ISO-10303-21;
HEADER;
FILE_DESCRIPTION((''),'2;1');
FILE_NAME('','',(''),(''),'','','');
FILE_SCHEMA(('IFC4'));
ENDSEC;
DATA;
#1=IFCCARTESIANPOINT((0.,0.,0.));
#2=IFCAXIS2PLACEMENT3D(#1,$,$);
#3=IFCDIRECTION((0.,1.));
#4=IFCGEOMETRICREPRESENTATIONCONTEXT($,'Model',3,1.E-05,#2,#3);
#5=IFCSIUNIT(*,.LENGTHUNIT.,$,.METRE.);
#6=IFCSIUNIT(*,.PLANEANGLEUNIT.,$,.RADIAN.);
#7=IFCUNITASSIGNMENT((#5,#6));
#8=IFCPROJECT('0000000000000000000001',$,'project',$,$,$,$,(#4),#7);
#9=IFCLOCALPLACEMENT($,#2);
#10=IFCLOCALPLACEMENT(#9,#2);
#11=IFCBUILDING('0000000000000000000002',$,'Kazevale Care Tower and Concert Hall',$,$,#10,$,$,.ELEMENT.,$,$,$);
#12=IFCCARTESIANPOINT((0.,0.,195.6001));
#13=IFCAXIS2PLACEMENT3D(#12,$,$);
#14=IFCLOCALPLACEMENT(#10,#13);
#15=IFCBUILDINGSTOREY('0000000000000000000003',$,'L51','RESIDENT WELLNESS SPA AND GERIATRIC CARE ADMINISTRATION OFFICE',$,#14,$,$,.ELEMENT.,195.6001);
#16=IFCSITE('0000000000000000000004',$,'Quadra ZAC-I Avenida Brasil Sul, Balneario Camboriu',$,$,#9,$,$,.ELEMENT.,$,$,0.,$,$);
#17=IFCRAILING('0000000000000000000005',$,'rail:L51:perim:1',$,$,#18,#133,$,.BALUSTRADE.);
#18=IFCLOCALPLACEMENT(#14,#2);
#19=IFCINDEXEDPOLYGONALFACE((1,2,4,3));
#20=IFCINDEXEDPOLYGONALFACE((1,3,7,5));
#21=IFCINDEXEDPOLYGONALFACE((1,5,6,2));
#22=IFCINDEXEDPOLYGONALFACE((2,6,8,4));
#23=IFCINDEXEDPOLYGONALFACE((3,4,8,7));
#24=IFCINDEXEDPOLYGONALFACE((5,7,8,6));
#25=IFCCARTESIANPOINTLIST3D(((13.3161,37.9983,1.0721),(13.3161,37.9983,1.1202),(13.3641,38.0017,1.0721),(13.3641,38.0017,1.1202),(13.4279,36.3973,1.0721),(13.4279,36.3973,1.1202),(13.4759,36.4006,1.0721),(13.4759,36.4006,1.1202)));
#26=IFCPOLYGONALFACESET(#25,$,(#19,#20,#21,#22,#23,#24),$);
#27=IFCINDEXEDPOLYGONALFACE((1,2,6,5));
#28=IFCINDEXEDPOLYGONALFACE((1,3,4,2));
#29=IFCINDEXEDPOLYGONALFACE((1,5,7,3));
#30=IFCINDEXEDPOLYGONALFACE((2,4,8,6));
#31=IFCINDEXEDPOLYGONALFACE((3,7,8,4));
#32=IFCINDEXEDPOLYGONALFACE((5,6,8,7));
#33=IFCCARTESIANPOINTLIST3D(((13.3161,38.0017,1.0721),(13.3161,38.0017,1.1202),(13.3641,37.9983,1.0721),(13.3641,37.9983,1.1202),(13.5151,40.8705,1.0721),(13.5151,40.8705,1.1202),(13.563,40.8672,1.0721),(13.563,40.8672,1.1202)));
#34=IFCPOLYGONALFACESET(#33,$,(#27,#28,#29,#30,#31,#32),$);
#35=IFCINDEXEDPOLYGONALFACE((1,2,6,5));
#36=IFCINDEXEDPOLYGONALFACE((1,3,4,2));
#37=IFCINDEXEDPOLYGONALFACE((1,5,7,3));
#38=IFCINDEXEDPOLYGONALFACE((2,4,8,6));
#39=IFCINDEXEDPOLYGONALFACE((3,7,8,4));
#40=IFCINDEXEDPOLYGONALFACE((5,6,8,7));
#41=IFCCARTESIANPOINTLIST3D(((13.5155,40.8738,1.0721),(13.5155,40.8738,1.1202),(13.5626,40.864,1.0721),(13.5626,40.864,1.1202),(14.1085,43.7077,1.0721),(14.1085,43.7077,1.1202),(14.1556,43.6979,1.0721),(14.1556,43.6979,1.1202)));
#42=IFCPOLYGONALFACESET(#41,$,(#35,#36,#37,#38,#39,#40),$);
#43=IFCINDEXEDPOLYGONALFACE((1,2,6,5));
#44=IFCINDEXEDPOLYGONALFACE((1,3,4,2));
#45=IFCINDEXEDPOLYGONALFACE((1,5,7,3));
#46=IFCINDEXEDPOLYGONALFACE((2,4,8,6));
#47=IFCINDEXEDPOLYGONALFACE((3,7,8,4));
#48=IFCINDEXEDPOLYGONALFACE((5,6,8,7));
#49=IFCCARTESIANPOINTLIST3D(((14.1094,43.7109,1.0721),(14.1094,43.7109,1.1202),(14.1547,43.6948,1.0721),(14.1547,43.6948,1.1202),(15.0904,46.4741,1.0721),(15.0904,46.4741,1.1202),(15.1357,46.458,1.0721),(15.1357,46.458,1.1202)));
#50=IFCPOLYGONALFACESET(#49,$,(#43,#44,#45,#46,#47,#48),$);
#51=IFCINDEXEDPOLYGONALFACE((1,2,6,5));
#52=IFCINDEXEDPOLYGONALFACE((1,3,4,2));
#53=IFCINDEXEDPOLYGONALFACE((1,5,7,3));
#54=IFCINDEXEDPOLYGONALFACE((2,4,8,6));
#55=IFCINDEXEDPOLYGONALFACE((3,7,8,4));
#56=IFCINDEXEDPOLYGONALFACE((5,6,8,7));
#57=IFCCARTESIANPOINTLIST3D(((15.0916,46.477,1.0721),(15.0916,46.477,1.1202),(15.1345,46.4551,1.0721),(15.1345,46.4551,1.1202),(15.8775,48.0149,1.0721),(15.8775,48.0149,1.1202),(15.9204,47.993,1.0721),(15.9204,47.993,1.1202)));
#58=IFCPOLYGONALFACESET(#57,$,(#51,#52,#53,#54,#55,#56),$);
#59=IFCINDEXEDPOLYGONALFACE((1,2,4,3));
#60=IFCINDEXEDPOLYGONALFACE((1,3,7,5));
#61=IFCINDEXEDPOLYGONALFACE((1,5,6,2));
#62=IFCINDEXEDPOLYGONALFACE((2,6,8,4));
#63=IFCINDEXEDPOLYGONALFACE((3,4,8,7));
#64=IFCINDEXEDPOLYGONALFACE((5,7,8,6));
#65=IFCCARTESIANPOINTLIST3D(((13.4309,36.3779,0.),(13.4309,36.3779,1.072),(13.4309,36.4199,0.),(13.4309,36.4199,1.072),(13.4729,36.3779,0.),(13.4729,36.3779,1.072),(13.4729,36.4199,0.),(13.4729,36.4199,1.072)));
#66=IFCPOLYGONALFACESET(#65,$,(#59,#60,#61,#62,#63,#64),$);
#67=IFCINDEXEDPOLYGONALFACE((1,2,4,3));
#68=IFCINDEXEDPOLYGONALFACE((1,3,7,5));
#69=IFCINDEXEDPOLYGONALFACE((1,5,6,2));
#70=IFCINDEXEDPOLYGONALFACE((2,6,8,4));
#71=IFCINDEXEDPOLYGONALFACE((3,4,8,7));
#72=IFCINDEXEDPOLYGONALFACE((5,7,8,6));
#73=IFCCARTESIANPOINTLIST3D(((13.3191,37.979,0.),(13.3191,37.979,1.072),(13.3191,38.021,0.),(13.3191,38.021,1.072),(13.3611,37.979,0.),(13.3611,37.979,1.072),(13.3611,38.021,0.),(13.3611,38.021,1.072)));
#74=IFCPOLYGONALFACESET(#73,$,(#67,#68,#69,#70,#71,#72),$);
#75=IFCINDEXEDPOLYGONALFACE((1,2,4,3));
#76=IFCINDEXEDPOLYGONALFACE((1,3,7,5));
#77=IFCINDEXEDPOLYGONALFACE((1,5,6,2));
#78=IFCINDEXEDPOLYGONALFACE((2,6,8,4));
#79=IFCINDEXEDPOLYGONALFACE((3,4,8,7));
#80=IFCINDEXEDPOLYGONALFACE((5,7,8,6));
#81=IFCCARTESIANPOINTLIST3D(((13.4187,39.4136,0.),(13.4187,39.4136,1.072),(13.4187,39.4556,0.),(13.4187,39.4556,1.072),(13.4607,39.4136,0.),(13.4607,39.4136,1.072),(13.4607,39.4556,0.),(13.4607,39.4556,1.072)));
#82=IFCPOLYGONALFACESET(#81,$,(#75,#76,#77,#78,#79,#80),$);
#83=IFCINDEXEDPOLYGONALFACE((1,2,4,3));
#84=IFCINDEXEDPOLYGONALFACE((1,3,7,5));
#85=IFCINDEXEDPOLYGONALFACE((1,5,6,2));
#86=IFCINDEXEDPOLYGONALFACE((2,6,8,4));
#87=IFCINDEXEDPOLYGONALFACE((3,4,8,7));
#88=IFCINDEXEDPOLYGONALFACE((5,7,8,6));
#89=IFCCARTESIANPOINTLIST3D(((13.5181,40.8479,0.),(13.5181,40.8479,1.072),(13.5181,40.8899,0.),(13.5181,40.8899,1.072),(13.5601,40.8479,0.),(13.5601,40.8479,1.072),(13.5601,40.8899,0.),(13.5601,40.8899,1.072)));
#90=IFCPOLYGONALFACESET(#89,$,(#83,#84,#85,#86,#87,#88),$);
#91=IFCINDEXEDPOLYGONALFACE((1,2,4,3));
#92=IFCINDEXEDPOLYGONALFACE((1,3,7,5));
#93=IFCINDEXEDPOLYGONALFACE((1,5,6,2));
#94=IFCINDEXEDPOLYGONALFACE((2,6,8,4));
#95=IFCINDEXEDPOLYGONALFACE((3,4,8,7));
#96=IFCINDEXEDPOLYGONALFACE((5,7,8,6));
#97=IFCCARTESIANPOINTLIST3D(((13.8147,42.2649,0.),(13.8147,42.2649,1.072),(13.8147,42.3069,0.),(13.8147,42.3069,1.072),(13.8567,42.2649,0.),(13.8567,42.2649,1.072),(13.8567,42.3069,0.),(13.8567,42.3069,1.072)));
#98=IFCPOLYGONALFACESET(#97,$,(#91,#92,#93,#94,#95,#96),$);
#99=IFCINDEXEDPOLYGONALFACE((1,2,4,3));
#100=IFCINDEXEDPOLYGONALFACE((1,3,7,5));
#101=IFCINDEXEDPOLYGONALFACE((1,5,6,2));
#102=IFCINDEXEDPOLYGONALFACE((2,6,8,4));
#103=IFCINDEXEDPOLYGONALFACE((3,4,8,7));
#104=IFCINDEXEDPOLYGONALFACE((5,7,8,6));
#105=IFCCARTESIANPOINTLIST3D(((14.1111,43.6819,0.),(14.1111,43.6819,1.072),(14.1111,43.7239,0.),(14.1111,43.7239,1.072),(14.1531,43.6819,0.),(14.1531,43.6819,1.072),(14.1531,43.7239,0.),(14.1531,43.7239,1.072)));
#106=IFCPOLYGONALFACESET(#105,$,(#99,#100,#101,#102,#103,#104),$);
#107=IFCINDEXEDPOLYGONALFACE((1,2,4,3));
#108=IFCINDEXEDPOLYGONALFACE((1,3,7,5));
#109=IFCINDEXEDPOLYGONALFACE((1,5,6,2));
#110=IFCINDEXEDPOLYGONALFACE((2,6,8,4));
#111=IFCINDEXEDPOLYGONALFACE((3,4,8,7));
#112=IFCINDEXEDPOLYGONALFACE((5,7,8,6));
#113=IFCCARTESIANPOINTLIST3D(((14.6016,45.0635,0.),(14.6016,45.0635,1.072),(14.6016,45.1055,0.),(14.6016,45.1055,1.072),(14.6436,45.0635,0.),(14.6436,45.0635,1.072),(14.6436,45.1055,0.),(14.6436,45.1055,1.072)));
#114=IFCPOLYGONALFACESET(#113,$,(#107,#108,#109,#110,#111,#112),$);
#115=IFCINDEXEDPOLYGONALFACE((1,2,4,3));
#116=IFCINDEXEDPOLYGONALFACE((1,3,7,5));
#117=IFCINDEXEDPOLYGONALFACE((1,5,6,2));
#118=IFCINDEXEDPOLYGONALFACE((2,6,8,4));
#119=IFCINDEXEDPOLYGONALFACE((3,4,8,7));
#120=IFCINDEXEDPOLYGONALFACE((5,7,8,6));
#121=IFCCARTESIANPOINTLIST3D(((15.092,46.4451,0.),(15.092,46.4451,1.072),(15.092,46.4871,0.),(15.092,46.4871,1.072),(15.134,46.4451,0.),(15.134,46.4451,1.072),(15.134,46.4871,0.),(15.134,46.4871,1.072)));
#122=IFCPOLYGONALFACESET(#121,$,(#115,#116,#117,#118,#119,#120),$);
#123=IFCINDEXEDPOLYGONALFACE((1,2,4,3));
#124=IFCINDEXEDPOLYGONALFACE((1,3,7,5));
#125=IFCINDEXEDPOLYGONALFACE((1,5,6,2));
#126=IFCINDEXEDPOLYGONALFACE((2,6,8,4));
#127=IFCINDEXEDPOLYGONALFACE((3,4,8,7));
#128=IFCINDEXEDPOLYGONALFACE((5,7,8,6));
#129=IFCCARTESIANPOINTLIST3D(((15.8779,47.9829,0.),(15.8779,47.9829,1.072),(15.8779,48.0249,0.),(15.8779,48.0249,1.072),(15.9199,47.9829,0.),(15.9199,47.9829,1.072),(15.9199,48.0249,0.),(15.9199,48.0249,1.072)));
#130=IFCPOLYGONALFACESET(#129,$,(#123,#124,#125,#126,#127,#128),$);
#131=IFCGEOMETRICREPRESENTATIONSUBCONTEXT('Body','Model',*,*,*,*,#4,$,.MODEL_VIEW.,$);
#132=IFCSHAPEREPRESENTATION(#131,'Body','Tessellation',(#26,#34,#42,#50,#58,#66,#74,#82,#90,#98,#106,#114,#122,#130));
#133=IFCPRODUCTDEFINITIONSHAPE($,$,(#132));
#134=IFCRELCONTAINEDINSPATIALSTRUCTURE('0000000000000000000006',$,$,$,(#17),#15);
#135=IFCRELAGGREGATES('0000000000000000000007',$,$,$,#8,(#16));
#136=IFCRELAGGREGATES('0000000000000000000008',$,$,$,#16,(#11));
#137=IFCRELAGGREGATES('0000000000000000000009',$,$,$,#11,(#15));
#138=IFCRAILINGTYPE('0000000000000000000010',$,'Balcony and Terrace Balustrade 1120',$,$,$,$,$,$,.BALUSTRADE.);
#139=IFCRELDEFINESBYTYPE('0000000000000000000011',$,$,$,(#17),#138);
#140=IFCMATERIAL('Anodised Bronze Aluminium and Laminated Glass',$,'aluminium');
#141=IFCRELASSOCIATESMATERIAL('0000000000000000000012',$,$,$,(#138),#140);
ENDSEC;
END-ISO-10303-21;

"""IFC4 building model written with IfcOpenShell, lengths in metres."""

from ifc_helpers import new_model, si_unit, direction, frame, origin, origin_2d, place, context, subcontext, project, spatial, rectangle, extrude, material, type_object, element, save


model = new_model("IFC4")

# Units and contexts
model_context = context("Model", 3, precision=1e-05, world=origin(), true_north=direction((0.0, 1.0)))
body_context = subcontext(model_context, "Body", "Model", "MODEL_VIEW")
ifc_project = project(units=[si_unit("LENGTHUNIT", "METRE"), si_unit("PLANEANGLEUNIT", "RADIAN")], contexts=[model_context])

# Site, building, storey
site_placement = place(None, origin())
site = spatial("IfcSite", under=ifc_project, at=site_placement, Name="Quadra ZAC-I Avenida Brasil Sul, Balneario Camboriu", CompositionType="ELEMENT", RefElevation=0.0)
building_placement = place(site_placement, origin())
building = spatial("IfcBuilding", under=site, at=building_placement, Name="Kazevale Care Tower and Concert Hall", CompositionType="ELEMENT")
storey_placement = place(building_placement, frame((0.0, 0.0, 195.6001)))
storey = spatial("IfcBuildingStorey", under=building, at=storey_placement, Name="L51", Description="RESIDENT WELLNESS SPA AND GERIATRIC CARE ADMINISTRATION OFFICE", CompositionType="ELEMENT", Elevation=195.6001)

# Railing
ifc_material_1 = material(Name="Anodised Bronze Aluminium and Laminated Glass", Category="aluminium")
railing_type = type_object("IfcRailingType", Name="Balcony and Terrace Balustrade 1120", PredefinedType="BALUSTRADE", material=ifc_material_1)
railing_placement = place(storey_placement, frame((13.4519, 36.3989, 0.0)))
element("IfcRailing", 1, at=railing_placement, inside=storey, type_object=railing_type, Name="rail:L51:perim:1", PredefinedType="BALUSTRADE", context=body_context, shape_type="SweptSolid", body=[
    extrude(rectangle(XDim=0.0481, YDim=0.0481, at=origin_2d()), frame((0.0, 0.0, 1.0962), z_axis=(-0.069669, 0.99757, 0.0), x_axis=(-0.99757, -0.069669, 0.0)), (0.0, 0.0, 1.0), 1.605),
    extrude(rectangle(XDim=0.0481, YDim=0.0481, at=origin_2d()), frame((-0.1118, 1.6011, 1.0962), z_axis=(0.06919, 0.997604, 0.0), x_axis=(-0.997604, 0.06919, 0.0)), (0.0, 0.0, 1.0), 2.8757),
    extrude(rectangle(XDim=0.0481, YDim=0.0481, at=origin_2d()), frame((0.0872, 4.47, 1.0962), z_axis=(0.204816, 0.9788, 0.0), x_axis=(-0.9788, 0.204816, 0.0)), (0.0, 0.0, 1.0), 2.8953),
    extrude(rectangle(XDim=0.0481, YDim=0.0481, at=origin_2d()), frame((0.6802, 7.304, 1.0962), z_axis=(0.334553, 0.942377, 0.0), x_axis=(-0.942377, 0.334553, 0.0)), (0.0, 0.0, 1.0), 2.9321),
    extrude(rectangle(XDim=0.0481, YDim=0.0481, at=origin_2d()), frame((1.6611, 10.0671, 1.0962), z_axis=(0.455056, 0.890463, 0.0), x_axis=(-0.890463, 0.455056, 0.0)), (0.0, 0.0, 1.0), 1.7271),
    extrude(rectangle(XDim=0.042, YDim=0.042, at=origin_2d()), origin(), (0.0, 0.0, 1.0), 1.072),
    extrude(rectangle(XDim=0.042, YDim=0.042, at=origin_2d()), frame((-0.1118, 1.6011, 0.0)), (0.0, 0.0, 1.0), 1.072),
    extrude(rectangle(XDim=0.042, YDim=0.042, at=origin_2d()), frame((-0.0122, 3.0356, 0.0)), (0.0, 0.0, 1.0), 1.072),
    extrude(rectangle(XDim=0.042, YDim=0.042, at=origin_2d()), frame((0.0872, 4.47, 0.0)), (0.0, 0.0, 1.0), 1.072),
    extrude(rectangle(XDim=0.042, YDim=0.042, at=origin_2d()), frame((0.3838, 5.887, 0.0)), (0.0, 0.0, 1.0), 1.072),
    extrude(rectangle(XDim=0.042, YDim=0.042, at=origin_2d()), frame((0.6802, 7.304, 0.0)), (0.0, 0.0, 1.0), 1.072),
    extrude(rectangle(XDim=0.042, YDim=0.042, at=origin_2d()), frame((1.1707, 8.6855, 0.0)), (0.0, 0.0, 1.0), 1.072),
    extrude(rectangle(XDim=0.042, YDim=0.042, at=origin_2d()), frame((1.6611, 10.0671, 0.0)), (0.0, 0.0, 1.0), 1.072),
    extrude(rectangle(XDim=0.042, YDim=0.042, at=origin_2d()), frame((2.447, 11.605, 0.0)), (0.0, 0.0, 1.0), 1.072),
])

save(model, "model.ifc")
